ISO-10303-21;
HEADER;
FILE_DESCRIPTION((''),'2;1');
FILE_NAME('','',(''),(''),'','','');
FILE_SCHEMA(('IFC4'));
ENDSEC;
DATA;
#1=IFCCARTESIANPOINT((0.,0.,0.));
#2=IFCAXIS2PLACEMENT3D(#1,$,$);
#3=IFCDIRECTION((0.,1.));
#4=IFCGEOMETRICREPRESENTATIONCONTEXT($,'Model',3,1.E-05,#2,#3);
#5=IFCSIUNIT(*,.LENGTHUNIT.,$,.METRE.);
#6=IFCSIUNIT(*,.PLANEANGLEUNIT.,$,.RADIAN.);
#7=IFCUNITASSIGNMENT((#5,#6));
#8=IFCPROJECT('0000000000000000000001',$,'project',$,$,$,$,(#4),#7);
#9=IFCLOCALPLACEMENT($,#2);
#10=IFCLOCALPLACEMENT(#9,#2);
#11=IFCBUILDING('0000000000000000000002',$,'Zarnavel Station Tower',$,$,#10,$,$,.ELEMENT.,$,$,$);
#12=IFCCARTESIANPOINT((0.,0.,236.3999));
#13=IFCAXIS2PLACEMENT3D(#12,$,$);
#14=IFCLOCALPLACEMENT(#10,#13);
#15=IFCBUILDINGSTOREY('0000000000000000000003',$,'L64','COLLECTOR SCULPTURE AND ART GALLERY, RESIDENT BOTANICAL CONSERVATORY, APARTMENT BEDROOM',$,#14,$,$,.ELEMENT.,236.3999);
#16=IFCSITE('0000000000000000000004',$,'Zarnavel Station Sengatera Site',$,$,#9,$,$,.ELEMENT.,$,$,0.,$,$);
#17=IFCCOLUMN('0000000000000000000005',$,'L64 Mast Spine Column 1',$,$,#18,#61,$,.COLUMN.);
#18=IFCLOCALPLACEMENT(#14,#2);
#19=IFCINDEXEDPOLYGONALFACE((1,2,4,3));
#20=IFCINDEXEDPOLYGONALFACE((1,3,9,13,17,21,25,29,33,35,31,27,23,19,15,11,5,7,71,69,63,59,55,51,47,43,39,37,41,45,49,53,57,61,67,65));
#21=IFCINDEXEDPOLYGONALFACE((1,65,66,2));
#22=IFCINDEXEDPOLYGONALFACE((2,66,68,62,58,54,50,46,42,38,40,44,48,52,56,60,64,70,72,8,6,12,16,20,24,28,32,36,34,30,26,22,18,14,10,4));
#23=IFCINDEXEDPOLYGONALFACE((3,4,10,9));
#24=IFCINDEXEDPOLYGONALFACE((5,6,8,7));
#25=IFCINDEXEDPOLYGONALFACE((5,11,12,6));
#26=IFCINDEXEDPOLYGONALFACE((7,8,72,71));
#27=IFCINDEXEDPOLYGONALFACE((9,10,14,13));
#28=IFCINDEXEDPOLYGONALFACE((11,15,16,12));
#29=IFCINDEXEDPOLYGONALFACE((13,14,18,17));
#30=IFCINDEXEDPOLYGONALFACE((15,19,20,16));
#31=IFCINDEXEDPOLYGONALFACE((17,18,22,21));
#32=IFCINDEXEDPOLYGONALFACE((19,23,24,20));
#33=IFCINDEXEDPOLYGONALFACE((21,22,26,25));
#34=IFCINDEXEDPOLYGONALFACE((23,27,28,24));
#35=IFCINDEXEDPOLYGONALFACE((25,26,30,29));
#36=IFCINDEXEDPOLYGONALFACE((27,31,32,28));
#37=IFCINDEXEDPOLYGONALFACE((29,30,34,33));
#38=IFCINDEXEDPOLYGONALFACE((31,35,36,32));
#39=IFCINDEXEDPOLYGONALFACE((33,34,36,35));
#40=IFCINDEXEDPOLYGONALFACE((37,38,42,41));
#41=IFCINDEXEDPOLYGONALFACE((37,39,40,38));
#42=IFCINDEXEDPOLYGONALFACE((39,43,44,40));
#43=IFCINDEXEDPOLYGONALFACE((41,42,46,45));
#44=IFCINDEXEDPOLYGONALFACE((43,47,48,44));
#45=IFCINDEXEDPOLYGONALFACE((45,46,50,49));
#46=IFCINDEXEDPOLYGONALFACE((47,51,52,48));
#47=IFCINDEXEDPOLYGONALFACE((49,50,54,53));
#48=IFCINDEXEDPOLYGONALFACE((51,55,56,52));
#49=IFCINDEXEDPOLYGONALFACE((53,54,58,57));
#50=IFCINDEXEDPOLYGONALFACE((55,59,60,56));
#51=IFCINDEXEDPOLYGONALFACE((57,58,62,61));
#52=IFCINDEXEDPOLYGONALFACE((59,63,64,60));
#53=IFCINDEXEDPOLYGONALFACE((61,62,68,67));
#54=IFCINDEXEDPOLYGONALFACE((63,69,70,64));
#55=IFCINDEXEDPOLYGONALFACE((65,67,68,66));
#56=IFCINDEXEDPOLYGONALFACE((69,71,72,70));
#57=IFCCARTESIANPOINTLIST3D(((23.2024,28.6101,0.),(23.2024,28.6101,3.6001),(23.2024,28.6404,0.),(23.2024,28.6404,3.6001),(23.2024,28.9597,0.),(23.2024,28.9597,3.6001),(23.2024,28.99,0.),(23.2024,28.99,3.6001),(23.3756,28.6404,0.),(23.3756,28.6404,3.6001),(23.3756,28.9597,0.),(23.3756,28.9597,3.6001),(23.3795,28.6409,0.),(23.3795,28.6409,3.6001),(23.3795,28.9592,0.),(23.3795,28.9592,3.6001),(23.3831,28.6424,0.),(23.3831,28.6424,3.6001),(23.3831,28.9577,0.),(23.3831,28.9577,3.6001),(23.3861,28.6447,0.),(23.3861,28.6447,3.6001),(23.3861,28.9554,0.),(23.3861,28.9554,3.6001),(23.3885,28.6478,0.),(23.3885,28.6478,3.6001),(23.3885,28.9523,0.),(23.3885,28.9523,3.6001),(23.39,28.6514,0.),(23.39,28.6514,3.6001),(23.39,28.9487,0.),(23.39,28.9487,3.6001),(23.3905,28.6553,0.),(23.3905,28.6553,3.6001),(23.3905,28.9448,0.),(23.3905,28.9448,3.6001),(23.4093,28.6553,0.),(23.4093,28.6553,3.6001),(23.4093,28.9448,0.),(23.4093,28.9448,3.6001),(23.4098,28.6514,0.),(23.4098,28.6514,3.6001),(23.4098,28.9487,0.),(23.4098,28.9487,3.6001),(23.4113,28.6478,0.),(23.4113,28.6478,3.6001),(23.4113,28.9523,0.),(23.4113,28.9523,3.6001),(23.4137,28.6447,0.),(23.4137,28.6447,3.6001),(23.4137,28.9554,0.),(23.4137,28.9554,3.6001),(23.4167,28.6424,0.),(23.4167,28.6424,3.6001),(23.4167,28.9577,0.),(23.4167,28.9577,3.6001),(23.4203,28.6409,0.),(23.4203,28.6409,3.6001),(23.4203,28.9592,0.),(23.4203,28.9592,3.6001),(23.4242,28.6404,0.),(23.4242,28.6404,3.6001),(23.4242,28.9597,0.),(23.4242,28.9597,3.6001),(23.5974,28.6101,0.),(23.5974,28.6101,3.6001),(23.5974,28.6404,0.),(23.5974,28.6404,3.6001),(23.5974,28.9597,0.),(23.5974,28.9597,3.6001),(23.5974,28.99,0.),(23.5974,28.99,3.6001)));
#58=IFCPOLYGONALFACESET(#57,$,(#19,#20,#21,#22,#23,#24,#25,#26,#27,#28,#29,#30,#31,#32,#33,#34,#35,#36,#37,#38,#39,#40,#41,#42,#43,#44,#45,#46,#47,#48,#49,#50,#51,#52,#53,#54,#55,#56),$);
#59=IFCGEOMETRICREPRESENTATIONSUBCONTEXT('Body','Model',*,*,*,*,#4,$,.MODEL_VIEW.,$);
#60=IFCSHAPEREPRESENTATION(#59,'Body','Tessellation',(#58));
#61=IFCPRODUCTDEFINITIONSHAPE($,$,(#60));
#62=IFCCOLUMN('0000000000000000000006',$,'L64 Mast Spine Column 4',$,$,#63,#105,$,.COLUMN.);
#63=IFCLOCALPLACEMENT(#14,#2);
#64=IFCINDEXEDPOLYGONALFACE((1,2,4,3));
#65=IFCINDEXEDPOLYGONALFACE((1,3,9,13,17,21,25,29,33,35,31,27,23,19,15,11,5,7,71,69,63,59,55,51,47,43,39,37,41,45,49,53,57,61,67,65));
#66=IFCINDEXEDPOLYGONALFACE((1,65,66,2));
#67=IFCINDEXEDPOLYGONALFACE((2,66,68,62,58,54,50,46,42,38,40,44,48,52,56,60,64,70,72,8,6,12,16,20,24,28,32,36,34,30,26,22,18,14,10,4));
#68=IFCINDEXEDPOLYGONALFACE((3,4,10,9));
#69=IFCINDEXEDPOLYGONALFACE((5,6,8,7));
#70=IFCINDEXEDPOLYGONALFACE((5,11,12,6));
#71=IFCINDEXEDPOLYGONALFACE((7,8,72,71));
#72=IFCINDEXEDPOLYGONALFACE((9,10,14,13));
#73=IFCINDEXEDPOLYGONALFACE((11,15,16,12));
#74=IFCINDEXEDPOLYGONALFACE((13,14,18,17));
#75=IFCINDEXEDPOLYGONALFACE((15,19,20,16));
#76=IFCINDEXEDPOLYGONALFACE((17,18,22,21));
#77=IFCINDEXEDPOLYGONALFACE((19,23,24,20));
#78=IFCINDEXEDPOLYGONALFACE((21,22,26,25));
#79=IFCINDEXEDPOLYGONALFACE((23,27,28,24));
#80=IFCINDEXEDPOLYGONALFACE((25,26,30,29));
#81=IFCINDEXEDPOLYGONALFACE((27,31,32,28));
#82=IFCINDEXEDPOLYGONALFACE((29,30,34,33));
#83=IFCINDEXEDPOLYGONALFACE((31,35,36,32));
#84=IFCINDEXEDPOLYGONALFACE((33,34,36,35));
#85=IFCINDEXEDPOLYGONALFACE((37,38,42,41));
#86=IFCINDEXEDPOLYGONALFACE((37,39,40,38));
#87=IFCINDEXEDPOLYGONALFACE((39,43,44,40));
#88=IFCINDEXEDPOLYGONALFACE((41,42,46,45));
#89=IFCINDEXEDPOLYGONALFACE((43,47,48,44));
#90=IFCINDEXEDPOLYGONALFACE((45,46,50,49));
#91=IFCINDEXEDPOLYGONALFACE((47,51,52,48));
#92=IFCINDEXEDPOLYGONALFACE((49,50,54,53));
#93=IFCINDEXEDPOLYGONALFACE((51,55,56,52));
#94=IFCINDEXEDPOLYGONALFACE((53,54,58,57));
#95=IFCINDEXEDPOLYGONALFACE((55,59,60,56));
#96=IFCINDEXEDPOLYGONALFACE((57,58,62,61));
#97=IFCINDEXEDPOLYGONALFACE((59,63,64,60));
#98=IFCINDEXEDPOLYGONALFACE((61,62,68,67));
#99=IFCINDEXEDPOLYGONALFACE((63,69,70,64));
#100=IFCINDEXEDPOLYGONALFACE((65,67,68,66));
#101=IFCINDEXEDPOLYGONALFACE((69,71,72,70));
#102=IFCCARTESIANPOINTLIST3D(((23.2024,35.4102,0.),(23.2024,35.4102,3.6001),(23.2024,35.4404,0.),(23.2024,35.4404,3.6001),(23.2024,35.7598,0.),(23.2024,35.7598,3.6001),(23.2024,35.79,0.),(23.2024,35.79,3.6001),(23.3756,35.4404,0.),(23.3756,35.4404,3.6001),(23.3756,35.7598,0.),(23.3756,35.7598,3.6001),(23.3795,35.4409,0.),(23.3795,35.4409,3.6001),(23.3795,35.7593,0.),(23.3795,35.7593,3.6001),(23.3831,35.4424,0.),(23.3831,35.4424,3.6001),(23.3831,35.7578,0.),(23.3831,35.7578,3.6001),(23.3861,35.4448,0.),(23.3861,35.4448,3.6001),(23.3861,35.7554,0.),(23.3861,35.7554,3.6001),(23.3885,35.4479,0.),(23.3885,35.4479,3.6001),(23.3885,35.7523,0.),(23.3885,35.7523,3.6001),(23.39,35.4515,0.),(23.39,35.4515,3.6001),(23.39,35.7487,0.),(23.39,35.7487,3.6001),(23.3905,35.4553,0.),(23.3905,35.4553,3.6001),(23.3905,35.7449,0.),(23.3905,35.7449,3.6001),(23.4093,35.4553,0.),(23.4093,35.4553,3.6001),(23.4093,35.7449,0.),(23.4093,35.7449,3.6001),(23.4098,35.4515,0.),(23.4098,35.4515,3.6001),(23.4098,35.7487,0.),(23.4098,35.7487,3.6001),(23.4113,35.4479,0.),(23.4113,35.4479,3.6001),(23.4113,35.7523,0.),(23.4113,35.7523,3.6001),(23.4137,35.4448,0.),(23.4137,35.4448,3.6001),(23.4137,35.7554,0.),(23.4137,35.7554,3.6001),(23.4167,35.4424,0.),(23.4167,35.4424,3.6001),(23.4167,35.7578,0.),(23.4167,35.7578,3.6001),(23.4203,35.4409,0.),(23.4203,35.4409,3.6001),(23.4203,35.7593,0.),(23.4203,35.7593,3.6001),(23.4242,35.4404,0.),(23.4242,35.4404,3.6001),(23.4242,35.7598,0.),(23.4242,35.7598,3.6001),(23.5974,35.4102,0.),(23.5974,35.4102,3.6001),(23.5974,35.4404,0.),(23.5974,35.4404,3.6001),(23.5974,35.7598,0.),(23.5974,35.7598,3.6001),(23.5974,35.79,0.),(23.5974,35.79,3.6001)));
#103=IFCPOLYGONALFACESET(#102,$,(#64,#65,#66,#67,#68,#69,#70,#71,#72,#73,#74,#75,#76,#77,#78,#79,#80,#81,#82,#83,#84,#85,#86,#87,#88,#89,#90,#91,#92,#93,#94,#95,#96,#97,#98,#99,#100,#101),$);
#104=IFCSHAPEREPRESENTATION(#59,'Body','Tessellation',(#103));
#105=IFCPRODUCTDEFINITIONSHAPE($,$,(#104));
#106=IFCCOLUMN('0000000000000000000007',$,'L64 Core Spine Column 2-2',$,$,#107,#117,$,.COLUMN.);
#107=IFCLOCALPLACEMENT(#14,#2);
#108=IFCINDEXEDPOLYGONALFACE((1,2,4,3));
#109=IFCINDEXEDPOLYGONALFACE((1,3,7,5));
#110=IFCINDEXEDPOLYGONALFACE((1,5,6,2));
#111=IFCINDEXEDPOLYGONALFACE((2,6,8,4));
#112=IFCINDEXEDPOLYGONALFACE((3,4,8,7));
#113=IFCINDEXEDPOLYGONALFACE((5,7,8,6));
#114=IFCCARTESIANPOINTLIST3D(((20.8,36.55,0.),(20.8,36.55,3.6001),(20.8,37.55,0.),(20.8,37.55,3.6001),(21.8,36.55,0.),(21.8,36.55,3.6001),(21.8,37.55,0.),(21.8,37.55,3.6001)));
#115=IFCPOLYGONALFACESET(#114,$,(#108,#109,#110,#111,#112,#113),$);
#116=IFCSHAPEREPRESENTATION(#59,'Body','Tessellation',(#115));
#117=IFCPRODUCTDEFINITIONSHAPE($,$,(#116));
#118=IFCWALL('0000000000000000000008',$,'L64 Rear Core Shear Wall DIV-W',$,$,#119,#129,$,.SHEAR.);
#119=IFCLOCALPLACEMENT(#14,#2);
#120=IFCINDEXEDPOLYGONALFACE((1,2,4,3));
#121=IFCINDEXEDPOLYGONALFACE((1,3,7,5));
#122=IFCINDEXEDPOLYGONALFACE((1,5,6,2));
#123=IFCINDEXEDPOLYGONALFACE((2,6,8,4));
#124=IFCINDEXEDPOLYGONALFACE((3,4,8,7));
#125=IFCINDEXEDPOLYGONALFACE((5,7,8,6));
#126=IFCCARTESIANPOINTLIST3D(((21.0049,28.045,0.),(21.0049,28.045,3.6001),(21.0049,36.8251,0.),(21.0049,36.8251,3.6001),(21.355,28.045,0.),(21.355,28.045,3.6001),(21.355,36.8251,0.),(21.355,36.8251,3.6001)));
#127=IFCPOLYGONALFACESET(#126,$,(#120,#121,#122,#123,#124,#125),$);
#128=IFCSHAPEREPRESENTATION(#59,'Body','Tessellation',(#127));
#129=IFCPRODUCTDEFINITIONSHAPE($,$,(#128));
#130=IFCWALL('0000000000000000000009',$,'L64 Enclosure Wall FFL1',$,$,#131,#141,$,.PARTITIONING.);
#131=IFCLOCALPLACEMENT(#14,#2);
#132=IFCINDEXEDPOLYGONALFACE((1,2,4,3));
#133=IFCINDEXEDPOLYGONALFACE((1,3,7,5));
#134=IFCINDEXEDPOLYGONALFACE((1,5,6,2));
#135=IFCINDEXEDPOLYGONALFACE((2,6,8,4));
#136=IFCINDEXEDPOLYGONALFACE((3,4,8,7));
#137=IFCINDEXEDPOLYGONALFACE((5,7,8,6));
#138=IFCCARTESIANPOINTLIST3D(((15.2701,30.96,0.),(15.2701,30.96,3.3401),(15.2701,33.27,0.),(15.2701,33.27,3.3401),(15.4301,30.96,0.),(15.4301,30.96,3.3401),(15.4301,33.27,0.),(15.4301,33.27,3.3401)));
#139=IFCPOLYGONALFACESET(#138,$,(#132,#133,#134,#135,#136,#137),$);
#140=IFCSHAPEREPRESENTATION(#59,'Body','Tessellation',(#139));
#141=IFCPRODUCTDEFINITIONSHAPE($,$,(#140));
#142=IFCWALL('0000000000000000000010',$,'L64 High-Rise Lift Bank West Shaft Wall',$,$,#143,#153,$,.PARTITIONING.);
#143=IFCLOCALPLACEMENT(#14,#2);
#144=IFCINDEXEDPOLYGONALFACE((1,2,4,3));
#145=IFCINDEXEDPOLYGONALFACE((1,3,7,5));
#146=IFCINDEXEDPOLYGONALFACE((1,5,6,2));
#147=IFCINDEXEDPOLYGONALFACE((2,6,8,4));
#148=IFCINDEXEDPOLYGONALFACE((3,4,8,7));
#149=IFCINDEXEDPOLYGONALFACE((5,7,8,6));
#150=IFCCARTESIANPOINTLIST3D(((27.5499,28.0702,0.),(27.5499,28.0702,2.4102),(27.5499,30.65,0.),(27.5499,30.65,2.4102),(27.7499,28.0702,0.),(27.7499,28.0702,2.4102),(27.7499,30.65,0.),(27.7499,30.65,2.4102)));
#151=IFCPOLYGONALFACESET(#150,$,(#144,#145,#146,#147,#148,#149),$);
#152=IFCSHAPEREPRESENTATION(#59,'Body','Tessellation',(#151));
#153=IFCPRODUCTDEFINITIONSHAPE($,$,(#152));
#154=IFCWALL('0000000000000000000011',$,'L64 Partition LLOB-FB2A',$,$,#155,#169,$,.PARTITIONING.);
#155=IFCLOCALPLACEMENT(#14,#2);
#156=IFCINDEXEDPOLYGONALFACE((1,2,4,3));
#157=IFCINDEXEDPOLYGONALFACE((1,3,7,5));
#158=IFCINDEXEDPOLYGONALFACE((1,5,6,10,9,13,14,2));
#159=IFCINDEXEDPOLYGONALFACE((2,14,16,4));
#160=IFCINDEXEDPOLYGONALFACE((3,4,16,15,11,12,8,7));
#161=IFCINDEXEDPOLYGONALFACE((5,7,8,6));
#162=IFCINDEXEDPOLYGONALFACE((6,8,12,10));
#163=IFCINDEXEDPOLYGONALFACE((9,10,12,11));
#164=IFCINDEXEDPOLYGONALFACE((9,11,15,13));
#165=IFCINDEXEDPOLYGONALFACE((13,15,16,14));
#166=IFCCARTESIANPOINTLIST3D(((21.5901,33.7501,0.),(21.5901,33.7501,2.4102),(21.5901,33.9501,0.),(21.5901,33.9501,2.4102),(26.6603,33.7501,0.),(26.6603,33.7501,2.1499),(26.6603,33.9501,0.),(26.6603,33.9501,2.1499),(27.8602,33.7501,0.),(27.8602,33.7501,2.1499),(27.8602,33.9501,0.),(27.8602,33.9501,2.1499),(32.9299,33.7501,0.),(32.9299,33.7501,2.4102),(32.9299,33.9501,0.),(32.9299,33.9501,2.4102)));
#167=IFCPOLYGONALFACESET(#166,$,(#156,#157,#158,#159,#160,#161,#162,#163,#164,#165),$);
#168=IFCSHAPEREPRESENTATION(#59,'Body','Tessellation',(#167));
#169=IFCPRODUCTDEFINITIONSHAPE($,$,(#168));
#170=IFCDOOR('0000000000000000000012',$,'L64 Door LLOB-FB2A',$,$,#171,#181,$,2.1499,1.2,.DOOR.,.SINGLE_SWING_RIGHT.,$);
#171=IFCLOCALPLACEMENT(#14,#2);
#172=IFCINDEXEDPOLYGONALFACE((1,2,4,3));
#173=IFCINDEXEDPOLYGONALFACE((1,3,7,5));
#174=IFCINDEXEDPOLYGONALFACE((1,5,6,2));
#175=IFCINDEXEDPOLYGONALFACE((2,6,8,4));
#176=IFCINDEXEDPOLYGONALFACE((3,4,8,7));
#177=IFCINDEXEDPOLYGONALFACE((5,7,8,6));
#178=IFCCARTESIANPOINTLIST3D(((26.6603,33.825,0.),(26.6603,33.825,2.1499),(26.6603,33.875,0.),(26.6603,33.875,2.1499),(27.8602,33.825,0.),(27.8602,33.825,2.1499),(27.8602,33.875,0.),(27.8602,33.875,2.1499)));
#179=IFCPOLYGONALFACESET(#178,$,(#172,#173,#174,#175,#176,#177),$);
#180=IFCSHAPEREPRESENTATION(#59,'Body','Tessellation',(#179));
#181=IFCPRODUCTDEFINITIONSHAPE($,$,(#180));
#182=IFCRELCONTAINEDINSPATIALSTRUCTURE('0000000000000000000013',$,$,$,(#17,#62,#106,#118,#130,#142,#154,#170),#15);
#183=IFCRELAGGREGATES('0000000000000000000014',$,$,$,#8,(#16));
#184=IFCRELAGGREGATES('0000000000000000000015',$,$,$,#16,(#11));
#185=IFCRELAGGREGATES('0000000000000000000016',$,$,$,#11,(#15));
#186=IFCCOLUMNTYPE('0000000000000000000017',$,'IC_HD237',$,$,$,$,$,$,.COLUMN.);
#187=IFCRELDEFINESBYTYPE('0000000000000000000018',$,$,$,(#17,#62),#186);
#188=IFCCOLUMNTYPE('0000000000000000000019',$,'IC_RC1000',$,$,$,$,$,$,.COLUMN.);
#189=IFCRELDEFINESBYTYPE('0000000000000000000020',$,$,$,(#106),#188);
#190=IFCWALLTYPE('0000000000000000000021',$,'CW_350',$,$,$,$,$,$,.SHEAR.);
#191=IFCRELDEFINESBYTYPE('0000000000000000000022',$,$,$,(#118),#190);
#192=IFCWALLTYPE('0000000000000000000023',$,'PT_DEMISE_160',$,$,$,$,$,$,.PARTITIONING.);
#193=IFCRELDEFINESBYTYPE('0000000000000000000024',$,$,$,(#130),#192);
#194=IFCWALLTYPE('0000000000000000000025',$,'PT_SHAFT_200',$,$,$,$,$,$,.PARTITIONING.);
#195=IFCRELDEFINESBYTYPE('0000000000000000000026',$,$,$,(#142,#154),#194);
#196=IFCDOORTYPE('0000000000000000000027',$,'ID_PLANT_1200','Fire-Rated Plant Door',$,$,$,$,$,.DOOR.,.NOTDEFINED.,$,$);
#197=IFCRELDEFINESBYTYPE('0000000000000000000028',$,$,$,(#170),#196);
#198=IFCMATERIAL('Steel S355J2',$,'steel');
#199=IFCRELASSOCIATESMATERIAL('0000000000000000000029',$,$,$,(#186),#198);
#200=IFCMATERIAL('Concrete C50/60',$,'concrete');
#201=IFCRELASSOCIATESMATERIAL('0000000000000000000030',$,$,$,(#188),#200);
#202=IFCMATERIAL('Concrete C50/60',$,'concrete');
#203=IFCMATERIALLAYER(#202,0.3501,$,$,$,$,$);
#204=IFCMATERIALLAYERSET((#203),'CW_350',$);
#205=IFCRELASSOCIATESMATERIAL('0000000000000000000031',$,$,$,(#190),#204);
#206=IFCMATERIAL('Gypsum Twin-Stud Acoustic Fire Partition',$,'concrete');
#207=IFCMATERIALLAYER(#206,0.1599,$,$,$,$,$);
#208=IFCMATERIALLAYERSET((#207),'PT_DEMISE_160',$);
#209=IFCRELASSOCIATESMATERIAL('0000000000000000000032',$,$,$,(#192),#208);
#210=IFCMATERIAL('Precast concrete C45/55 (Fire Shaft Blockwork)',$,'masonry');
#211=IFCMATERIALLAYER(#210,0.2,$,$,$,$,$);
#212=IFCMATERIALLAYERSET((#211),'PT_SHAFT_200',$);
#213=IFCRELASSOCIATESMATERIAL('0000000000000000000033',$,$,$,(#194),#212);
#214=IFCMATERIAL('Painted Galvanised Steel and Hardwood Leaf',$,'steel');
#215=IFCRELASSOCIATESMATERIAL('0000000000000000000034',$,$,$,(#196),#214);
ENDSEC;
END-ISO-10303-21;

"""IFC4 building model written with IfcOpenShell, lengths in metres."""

from ifc_helpers import new_model, si_unit, direction, frame, frame_2d, origin, origin_2d, place, context, subcontext, project, spatial, rectangle, i_section, extrude, material, layer, layer_set, material_profile, profile_set, type_object, element, fill, save


model = new_model("IFC4")

# Units and contexts
model_context = context("Model", 3, precision=1e-05, world=origin(), true_north=direction((0.0, 1.0)))
body_context = subcontext(model_context, "Body", "Model", "MODEL_VIEW")
ifc_project = project(units=[si_unit("LENGTHUNIT", "METRE"), si_unit("PLANEANGLEUNIT", "RADIAN")], contexts=[model_context])

# Site, building, storey
site_placement = place(None, origin())
site = spatial("IfcSite", under=ifc_project, at=site_placement, Name="Zarnavel Station Sengatera Site", CompositionType="ELEMENT", RefElevation=0.0)
building_placement = place(site_placement, origin())
building = spatial("IfcBuilding", under=site, at=building_placement, Name="Zarnavel Station Tower", CompositionType="ELEMENT")
storey_placement = place(building_placement, frame((0.0, 0.0, 236.3999)))
storey = spatial("IfcBuildingStorey", under=building, at=storey_placement, Name="L64", Description="COLLECTOR SCULPTURE AND ART GALLERY, RESIDENT BOTANICAL CONSERVATORY, APARTMENT BEDROOM", CompositionType="ELEMENT", Elevation=236.3999)

# Columns
ifc_material_1 = material(Name="Steel S355J2", Category="steel")
ifc_material_profile_1 = material_profile(ifc_material_1, i_section(OverallWidth=0.395, OverallDepth=0.3799, WebThickness=0.0188, FlangeThickness=0.0303, FilletRadius=0.0149, at=origin_2d()), Name="HD400x237")
ifc_profile_set_1 = profile_set([ifc_material_profile_1], Name="Steel S355J2")
column_type_1 = type_object("IfcColumnType", Name="IC_HD237", PredefinedType="COLUMN", material=ifc_profile_set_1)
for number, where, z_axis, x_axis, name in (
    (1, (23.3999, 28.8, 0.0), (0.0, 0.0, 1.0), (1.0, 0.0, 0.0), "L64 Mast Spine Column 1"),
    (2, (23.3999, 35.6001, 0.0), (0.0, 0.0, 1.0), (1.0, 0.0, 0.0), "L64 Mast Spine Column 4"),
):
    element("IfcColumn", number, at=place(storey_placement, frame(where, z_axis=z_axis, x_axis=x_axis)), inside=storey, type_object=column_type_1, Name=name, PredefinedType="COLUMN", context=body_context, shape_type="SweptSolid", body=[
        extrude(i_section(OverallWidth=0.395, OverallDepth=0.3799, WebThickness=0.0188, FlangeThickness=0.0303, FilletRadius=0.0149, at=origin_2d()), origin(), (0.0, 0.0, 1.0), 3.6001),
    ])
ifc_material_2 = material(Name="Concrete C50/60", Category="concrete")
ifc_material_profile_2 = material_profile(ifc_material_2, rectangle(XDim=1.0, YDim=1.0, at=origin_2d()), Name="RC1000x1000")
ifc_profile_set_2 = profile_set([ifc_material_profile_2], Name="Concrete C50/60")
column_type_2 = type_object("IfcColumnType", Name="IC_RC1000", PredefinedType="COLUMN", material=ifc_profile_set_2)
column_placement = place(storey_placement, frame((21.3, 37.05, 0.0), z_axis=(0.0, 0.0, 1.0), x_axis=(1.0, 0.0, 0.0)))
element("IfcColumn", 3, at=column_placement, inside=storey, type_object=column_type_2, Name="L64 Core Spine Column 2-2", PredefinedType="COLUMN", context=body_context, shape_type="SweptSolid", body=[
    extrude(rectangle(XDim=1.0, YDim=1.0, at=origin_2d()), origin(), (0.0, 0.0, 1.0), 3.6001),
])

# Wall
ifc_material_3 = material(Name="Concrete C50/60", Category="concrete")
ifc_layer_1 = layer(ifc_material_3, 0.3501)
ifc_layer_set_1 = layer_set([ifc_layer_1], Name="CW_350")
wall_type_1 = type_object("IfcWallType", Name="CW_350", PredefinedType="SHEAR", material=ifc_layer_set_1)
wall_1_placement = place(storey_placement, frame((21.1799, 28.0449, 0.0), z_axis=(0.0, 0.0, 1.0), x_axis=(0.0, 1.0, 0.0)))
element("IfcWall", 4, at=wall_1_placement, inside=storey, type_object=wall_type_1, Name="L64 Rear Core Shear Wall DIV-W", PredefinedType="SHEAR", context=body_context, shape_type="SweptSolid", body=[
    extrude(rectangle(XDim=8.78, YDim=0.3501, at=frame_2d((4.3901, 0.0))), origin(), (0.0, 0.0, 1.0), 3.6001),
])

# Wall
ifc_material_4 = material(Name="Gypsum Twin-Stud Acoustic Fire Partition", Category="concrete")
ifc_layer_2 = layer(ifc_material_4, 0.1599)
ifc_layer_set_2 = layer_set([ifc_layer_2], Name="PT_DEMISE_160")
wall_type_2 = type_object("IfcWallType", Name="PT_DEMISE_160", PredefinedType="PARTITIONING", material=ifc_layer_set_2)
wall_2_placement = place(storey_placement, frame((15.3501, 30.96, 0.0), z_axis=(0.0, 0.0, 1.0), x_axis=(0.0, 1.0, 0.0)))
element("IfcWall", 5, at=wall_2_placement, inside=storey, type_object=wall_type_2, Name="L64 Enclosure Wall FFL1", PredefinedType="PARTITIONING", context=body_context, shape_type="SweptSolid", body=[
    extrude(rectangle(XDim=2.3101, YDim=0.1599, at=frame_2d((1.155, 0.0))), origin(), (0.0, 0.0, 1.0), 3.3401),
])

# Shared definitions
ifc_material_5 = material(Name="Precast concrete C45/55 (Fire Shaft Blockwork)", Category="masonry")
ifc_layer_3 = layer(ifc_material_5, 0.2)
ifc_layer_set_3 = layer_set([ifc_layer_3], Name="PT_SHAFT_200")
wall_type_3 = type_object("IfcWallType", Name="PT_SHAFT_200", PredefinedType="PARTITIONING", material=ifc_layer_set_3)

# Wall
wall_3_placement = place(storey_placement, frame((27.6499, 28.0701, 0.0), z_axis=(0.0, 0.0, 1.0), x_axis=(0.0, 1.0, 0.0)))
element("IfcWall", 6, at=wall_3_placement, inside=storey, type_object=wall_type_3, Name="L64 High-Rise Lift Bank West Shaft Wall", PredefinedType="PARTITIONING", context=body_context, shape_type="SweptSolid", body=[
    extrude(rectangle(XDim=2.5798, YDim=0.2, at=frame_2d((1.29, 0.0))), origin(), (0.0, 0.0, 1.0), 2.4102),
])

# Wall, opening, door
ifc_material_6 = material(Name="Painted Galvanised Steel and Hardwood Leaf", Category="steel")
door_type_1 = type_object("IfcDoorType", Name="ID_PLANT_1200", Description="Fire-Rated Plant Door", OperationType="NOTDEFINED", PredefinedType="DOOR", material=ifc_material_6)
wall_4_placement = place(storey_placement, frame((21.5901, 33.8501, 0.0), z_axis=(0.0, 0.0, 1.0), x_axis=(1.0, 0.0, 0.0)))
wall_4 = element("IfcWall", 7, at=wall_4_placement, inside=storey, type_object=wall_type_3, Name="L64 Partition LLOB-FB2A", PredefinedType="PARTITIONING", context=body_context, shape_type="SweptSolid", body=[
    extrude(rectangle(XDim=11.3398, YDim=0.2, at=frame_2d((5.6699, 0.0))), origin(), (0.0, 0.0, 1.0), 2.4102),
])
opening_1_placement = place(wall_4_placement, frame((5.0701, 0.0, 0.0)))
opening_1 = element("IfcOpeningElement", 8, at=opening_1_placement, cuts=wall_4, PredefinedType="OPENING", context=body_context, shape_type="SweptSolid", body=[
    extrude(rectangle(XDim=1.2, YDim=2.1499, at=frame_2d((0.6001, 1.075))), frame((0.0, 0.1099, 0.0), z_axis=(0.0, -1.0, 0.0), x_axis=(1.0, 0.0, 0.0)), (0.0, 0.0, 1.0), 0.22),
])
door_1_placement = place(opening_1_placement, origin())
door_1 = element("IfcDoor", 9, at=door_1_placement, inside=storey, type_object=door_type_1, Name="L64 Door LLOB-FB2A", OperationType="SINGLE_SWING_RIGHT", OverallHeight=2.1499, OverallWidth=1.2, PredefinedType="DOOR", context=body_context, shape_type="SweptSolid", body=[
    extrude(rectangle(XDim=1.2, YDim=2.1499, at=frame_2d((0.6001, 1.075))), frame((0.0, 0.0249, 0.0), z_axis=(0.0, -1.0, 0.0), x_axis=(1.0, 0.0, 0.0)), (0.0, 0.0, 1.0), 0.05),
])
fill(opening_1, door_1)

save(model, "model.ifc")
